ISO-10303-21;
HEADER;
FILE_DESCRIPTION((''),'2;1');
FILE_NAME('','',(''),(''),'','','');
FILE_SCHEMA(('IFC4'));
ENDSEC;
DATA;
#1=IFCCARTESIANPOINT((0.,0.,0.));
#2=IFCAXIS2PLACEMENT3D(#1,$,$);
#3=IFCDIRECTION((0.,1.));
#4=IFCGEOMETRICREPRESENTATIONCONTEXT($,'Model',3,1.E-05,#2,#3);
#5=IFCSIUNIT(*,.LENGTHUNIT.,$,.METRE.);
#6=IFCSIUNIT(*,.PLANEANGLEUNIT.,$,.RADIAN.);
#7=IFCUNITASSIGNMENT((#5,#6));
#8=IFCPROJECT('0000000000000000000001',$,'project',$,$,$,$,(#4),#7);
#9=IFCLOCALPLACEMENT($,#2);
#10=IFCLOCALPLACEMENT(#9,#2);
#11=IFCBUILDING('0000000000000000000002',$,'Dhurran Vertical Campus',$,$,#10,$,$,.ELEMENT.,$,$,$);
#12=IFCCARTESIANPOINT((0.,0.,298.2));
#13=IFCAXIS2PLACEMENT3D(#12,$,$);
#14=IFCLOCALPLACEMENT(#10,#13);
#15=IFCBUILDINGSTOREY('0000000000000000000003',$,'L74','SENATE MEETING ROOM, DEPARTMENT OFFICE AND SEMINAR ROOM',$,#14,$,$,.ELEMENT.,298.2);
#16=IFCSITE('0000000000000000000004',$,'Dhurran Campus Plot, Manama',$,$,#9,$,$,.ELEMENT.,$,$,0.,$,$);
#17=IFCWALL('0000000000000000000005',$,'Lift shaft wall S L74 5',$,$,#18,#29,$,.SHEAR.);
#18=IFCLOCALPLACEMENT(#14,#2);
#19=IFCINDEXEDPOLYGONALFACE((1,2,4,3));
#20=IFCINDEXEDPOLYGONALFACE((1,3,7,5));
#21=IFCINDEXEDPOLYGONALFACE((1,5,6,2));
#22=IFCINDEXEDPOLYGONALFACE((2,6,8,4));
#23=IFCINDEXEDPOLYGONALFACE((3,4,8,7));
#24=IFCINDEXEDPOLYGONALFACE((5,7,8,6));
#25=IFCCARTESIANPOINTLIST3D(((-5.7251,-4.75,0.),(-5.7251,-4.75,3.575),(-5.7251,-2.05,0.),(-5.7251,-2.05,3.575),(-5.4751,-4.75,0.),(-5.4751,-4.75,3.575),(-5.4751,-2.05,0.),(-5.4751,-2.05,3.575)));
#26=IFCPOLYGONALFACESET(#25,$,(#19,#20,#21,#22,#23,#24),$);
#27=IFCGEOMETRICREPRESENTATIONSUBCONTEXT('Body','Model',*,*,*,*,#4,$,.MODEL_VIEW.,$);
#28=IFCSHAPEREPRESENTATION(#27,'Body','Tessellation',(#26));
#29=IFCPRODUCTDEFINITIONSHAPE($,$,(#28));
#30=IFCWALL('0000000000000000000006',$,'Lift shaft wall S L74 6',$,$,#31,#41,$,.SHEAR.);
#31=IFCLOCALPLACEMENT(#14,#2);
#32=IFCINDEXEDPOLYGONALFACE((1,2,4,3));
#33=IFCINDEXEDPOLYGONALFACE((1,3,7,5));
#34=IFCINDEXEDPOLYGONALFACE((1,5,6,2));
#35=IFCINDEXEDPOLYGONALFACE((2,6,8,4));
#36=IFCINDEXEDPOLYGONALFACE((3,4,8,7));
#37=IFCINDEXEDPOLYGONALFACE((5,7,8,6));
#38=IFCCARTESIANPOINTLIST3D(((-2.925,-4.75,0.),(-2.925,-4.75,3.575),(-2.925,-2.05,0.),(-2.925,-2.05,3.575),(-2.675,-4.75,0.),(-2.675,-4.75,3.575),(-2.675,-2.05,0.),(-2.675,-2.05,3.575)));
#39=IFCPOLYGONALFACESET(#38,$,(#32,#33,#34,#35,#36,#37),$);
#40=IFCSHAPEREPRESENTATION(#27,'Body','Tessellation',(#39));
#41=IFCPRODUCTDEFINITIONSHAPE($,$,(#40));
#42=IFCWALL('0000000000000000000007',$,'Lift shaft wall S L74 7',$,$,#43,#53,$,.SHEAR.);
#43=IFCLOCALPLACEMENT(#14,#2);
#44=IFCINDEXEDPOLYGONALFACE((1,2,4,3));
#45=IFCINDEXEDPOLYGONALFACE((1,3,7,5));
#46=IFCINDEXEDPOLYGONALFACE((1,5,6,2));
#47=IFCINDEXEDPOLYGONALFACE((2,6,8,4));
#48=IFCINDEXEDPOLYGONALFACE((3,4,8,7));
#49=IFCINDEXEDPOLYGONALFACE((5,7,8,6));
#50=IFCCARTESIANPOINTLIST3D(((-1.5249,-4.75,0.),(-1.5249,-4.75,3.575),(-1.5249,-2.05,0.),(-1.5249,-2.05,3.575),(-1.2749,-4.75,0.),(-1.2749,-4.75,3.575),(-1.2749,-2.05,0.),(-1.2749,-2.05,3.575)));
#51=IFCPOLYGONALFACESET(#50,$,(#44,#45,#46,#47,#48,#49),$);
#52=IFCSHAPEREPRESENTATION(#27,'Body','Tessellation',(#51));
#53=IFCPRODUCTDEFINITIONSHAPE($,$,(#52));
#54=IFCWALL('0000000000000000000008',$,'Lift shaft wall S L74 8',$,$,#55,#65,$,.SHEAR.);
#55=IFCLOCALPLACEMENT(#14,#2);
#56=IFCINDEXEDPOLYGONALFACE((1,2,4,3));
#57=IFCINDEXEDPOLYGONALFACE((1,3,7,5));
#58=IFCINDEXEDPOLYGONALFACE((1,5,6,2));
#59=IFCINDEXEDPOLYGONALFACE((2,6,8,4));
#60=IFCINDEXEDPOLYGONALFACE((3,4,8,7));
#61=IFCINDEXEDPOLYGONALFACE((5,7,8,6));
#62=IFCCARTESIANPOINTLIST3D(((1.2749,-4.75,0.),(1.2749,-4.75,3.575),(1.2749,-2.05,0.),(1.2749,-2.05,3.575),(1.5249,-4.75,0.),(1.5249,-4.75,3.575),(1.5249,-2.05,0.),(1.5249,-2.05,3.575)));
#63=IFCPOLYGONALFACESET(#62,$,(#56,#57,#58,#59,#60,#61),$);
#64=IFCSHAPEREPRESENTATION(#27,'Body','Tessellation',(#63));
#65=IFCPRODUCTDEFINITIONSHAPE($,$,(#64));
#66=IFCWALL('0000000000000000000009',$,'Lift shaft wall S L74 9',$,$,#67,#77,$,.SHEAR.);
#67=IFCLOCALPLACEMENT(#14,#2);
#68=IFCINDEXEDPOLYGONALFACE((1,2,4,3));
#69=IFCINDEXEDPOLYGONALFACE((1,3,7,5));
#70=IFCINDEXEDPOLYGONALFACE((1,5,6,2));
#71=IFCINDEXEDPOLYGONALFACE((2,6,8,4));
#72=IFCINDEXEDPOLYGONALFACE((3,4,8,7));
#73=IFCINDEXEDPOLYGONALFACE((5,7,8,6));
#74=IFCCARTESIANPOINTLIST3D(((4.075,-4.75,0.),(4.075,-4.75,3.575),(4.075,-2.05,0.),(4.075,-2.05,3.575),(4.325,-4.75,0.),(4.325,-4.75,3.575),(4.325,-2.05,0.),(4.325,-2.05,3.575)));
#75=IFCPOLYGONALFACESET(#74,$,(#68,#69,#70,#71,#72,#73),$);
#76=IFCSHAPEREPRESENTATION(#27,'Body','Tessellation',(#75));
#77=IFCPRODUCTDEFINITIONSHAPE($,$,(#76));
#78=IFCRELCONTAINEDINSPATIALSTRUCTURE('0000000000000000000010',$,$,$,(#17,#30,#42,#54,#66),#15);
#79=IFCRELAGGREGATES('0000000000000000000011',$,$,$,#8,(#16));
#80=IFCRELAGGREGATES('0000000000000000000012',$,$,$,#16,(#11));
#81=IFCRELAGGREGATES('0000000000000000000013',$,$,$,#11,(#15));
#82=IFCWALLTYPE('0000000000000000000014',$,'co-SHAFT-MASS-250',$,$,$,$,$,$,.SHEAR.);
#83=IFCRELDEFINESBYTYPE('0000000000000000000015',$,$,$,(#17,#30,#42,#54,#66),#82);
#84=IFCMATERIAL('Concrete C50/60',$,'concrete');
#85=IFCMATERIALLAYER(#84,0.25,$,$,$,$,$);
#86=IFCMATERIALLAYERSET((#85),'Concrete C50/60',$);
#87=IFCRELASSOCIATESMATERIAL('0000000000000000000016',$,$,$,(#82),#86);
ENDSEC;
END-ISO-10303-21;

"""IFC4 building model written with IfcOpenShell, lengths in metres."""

from ifc_helpers import new_model, si_unit, direction, frame, origin, place, context, subcontext, project, spatial, polyline, outline, extrude, material, layer, layer_set, type_object, element, save


model = new_model("IFC4")

# Units and contexts
model_context = context("Model", 3, precision=1e-05, world=origin(), true_north=direction((0.0, 1.0)))
body_context = subcontext(model_context, "Body", "Model", "MODEL_VIEW")
ifc_project = project(units=[si_unit("LENGTHUNIT", "METRE"), si_unit("PLANEANGLEUNIT", "RADIAN")], contexts=[model_context])

# Site, building, storey
site_placement = place(None, origin())
site = spatial("IfcSite", under=ifc_project, at=site_placement, Name="Dhurran Campus Plot, Manama", CompositionType="ELEMENT", RefElevation=0.0)
building_placement = place(site_placement, origin())
building = spatial("IfcBuilding", under=site, at=building_placement, Name="Dhurran Vertical Campus", CompositionType="ELEMENT")
storey_placement = place(building_placement, frame((0.0, 0.0, 298.2)))
storey = spatial("IfcBuildingStorey", under=building, at=storey_placement, Name="L74", Description="SENATE MEETING ROOM, DEPARTMENT OFFICE AND SEMINAR ROOM", CompositionType="ELEMENT", Elevation=298.2)

# Walls
ifc_material_1 = material(Name="Concrete C50/60", Category="concrete")
ifc_layer_1 = layer(ifc_material_1, 0.25)
ifc_layer_set_1 = layer_set([ifc_layer_1], Name="Concrete C50/60")
wall_type_1 = type_object("IfcWallType", Name="co-SHAFT-MASS-250", PredefinedType="SHEAR", material=ifc_layer_set_1)
wall_1_placement = place(storey_placement, origin())
element("IfcWall", 1, at=wall_1_placement, inside=storey, type_object=wall_type_1, Name="Lift shaft wall S L74 5", PredefinedType="SHEAR", context=body_context, shape_type="SweptSolid", body=[
    extrude(outline(polyline([(-5.7251, -4.75), (-5.4751, -4.75), (-5.4751, -2.05), (-5.7251, -2.05), (-5.7251, -4.75)])), origin(), (0.0, 0.0, 1.0), 3.575),
])
wall_2_placement = place(storey_placement, origin())
element("IfcWall", 2, at=wall_2_placement, inside=storey, type_object=wall_type_1, Name="Lift shaft wall S L74 6", PredefinedType="SHEAR", context=body_context, shape_type="SweptSolid", body=[
    extrude(outline(polyline([(-2.925, -4.75), (-2.675, -4.75), (-2.675, -2.05), (-2.925, -2.05), (-2.925, -4.75)])), origin(), (0.0, 0.0, 1.0), 3.575),
])
wall_3_placement = place(storey_placement, origin())
element("IfcWall", 3, at=wall_3_placement, inside=storey, type_object=wall_type_1, Name="Lift shaft wall S L74 7", PredefinedType="SHEAR", context=body_context, shape_type="SweptSolid", body=[
    extrude(outline(polyline([(-1.5249, -4.75), (-1.2749, -4.75), (-1.2749, -2.05), (-1.5249, -2.05), (-1.5249, -4.75)])), origin(), (0.0, 0.0, 1.0), 3.575),
])
wall_4_placement = place(storey_placement, origin())
element("IfcWall", 4, at=wall_4_placement, inside=storey, type_object=wall_type_1, Name="Lift shaft wall S L74 8", PredefinedType="SHEAR", context=body_context, shape_type="SweptSolid", body=[
    extrude(outline(polyline([(1.2749, -4.75), (1.5249, -4.75), (1.5249, -2.05), (1.2749, -2.05), (1.2749, -4.75)])), origin(), (0.0, 0.0, 1.0), 3.575),
])
wall_5_placement = place(storey_placement, origin())
element("IfcWall", 5, at=wall_5_placement, inside=storey, type_object=wall_type_1, Name="Lift shaft wall S L74 9", PredefinedType="SHEAR", context=body_context, shape_type="SweptSolid", body=[
    extrude(outline(polyline([(4.075, -4.75), (4.325, -4.75), (4.325, -2.05), (4.075, -2.05), (4.075, -4.75)])), origin(), (0.0, 0.0, 1.0), 3.575),
])

save(model, "model.ifc")
